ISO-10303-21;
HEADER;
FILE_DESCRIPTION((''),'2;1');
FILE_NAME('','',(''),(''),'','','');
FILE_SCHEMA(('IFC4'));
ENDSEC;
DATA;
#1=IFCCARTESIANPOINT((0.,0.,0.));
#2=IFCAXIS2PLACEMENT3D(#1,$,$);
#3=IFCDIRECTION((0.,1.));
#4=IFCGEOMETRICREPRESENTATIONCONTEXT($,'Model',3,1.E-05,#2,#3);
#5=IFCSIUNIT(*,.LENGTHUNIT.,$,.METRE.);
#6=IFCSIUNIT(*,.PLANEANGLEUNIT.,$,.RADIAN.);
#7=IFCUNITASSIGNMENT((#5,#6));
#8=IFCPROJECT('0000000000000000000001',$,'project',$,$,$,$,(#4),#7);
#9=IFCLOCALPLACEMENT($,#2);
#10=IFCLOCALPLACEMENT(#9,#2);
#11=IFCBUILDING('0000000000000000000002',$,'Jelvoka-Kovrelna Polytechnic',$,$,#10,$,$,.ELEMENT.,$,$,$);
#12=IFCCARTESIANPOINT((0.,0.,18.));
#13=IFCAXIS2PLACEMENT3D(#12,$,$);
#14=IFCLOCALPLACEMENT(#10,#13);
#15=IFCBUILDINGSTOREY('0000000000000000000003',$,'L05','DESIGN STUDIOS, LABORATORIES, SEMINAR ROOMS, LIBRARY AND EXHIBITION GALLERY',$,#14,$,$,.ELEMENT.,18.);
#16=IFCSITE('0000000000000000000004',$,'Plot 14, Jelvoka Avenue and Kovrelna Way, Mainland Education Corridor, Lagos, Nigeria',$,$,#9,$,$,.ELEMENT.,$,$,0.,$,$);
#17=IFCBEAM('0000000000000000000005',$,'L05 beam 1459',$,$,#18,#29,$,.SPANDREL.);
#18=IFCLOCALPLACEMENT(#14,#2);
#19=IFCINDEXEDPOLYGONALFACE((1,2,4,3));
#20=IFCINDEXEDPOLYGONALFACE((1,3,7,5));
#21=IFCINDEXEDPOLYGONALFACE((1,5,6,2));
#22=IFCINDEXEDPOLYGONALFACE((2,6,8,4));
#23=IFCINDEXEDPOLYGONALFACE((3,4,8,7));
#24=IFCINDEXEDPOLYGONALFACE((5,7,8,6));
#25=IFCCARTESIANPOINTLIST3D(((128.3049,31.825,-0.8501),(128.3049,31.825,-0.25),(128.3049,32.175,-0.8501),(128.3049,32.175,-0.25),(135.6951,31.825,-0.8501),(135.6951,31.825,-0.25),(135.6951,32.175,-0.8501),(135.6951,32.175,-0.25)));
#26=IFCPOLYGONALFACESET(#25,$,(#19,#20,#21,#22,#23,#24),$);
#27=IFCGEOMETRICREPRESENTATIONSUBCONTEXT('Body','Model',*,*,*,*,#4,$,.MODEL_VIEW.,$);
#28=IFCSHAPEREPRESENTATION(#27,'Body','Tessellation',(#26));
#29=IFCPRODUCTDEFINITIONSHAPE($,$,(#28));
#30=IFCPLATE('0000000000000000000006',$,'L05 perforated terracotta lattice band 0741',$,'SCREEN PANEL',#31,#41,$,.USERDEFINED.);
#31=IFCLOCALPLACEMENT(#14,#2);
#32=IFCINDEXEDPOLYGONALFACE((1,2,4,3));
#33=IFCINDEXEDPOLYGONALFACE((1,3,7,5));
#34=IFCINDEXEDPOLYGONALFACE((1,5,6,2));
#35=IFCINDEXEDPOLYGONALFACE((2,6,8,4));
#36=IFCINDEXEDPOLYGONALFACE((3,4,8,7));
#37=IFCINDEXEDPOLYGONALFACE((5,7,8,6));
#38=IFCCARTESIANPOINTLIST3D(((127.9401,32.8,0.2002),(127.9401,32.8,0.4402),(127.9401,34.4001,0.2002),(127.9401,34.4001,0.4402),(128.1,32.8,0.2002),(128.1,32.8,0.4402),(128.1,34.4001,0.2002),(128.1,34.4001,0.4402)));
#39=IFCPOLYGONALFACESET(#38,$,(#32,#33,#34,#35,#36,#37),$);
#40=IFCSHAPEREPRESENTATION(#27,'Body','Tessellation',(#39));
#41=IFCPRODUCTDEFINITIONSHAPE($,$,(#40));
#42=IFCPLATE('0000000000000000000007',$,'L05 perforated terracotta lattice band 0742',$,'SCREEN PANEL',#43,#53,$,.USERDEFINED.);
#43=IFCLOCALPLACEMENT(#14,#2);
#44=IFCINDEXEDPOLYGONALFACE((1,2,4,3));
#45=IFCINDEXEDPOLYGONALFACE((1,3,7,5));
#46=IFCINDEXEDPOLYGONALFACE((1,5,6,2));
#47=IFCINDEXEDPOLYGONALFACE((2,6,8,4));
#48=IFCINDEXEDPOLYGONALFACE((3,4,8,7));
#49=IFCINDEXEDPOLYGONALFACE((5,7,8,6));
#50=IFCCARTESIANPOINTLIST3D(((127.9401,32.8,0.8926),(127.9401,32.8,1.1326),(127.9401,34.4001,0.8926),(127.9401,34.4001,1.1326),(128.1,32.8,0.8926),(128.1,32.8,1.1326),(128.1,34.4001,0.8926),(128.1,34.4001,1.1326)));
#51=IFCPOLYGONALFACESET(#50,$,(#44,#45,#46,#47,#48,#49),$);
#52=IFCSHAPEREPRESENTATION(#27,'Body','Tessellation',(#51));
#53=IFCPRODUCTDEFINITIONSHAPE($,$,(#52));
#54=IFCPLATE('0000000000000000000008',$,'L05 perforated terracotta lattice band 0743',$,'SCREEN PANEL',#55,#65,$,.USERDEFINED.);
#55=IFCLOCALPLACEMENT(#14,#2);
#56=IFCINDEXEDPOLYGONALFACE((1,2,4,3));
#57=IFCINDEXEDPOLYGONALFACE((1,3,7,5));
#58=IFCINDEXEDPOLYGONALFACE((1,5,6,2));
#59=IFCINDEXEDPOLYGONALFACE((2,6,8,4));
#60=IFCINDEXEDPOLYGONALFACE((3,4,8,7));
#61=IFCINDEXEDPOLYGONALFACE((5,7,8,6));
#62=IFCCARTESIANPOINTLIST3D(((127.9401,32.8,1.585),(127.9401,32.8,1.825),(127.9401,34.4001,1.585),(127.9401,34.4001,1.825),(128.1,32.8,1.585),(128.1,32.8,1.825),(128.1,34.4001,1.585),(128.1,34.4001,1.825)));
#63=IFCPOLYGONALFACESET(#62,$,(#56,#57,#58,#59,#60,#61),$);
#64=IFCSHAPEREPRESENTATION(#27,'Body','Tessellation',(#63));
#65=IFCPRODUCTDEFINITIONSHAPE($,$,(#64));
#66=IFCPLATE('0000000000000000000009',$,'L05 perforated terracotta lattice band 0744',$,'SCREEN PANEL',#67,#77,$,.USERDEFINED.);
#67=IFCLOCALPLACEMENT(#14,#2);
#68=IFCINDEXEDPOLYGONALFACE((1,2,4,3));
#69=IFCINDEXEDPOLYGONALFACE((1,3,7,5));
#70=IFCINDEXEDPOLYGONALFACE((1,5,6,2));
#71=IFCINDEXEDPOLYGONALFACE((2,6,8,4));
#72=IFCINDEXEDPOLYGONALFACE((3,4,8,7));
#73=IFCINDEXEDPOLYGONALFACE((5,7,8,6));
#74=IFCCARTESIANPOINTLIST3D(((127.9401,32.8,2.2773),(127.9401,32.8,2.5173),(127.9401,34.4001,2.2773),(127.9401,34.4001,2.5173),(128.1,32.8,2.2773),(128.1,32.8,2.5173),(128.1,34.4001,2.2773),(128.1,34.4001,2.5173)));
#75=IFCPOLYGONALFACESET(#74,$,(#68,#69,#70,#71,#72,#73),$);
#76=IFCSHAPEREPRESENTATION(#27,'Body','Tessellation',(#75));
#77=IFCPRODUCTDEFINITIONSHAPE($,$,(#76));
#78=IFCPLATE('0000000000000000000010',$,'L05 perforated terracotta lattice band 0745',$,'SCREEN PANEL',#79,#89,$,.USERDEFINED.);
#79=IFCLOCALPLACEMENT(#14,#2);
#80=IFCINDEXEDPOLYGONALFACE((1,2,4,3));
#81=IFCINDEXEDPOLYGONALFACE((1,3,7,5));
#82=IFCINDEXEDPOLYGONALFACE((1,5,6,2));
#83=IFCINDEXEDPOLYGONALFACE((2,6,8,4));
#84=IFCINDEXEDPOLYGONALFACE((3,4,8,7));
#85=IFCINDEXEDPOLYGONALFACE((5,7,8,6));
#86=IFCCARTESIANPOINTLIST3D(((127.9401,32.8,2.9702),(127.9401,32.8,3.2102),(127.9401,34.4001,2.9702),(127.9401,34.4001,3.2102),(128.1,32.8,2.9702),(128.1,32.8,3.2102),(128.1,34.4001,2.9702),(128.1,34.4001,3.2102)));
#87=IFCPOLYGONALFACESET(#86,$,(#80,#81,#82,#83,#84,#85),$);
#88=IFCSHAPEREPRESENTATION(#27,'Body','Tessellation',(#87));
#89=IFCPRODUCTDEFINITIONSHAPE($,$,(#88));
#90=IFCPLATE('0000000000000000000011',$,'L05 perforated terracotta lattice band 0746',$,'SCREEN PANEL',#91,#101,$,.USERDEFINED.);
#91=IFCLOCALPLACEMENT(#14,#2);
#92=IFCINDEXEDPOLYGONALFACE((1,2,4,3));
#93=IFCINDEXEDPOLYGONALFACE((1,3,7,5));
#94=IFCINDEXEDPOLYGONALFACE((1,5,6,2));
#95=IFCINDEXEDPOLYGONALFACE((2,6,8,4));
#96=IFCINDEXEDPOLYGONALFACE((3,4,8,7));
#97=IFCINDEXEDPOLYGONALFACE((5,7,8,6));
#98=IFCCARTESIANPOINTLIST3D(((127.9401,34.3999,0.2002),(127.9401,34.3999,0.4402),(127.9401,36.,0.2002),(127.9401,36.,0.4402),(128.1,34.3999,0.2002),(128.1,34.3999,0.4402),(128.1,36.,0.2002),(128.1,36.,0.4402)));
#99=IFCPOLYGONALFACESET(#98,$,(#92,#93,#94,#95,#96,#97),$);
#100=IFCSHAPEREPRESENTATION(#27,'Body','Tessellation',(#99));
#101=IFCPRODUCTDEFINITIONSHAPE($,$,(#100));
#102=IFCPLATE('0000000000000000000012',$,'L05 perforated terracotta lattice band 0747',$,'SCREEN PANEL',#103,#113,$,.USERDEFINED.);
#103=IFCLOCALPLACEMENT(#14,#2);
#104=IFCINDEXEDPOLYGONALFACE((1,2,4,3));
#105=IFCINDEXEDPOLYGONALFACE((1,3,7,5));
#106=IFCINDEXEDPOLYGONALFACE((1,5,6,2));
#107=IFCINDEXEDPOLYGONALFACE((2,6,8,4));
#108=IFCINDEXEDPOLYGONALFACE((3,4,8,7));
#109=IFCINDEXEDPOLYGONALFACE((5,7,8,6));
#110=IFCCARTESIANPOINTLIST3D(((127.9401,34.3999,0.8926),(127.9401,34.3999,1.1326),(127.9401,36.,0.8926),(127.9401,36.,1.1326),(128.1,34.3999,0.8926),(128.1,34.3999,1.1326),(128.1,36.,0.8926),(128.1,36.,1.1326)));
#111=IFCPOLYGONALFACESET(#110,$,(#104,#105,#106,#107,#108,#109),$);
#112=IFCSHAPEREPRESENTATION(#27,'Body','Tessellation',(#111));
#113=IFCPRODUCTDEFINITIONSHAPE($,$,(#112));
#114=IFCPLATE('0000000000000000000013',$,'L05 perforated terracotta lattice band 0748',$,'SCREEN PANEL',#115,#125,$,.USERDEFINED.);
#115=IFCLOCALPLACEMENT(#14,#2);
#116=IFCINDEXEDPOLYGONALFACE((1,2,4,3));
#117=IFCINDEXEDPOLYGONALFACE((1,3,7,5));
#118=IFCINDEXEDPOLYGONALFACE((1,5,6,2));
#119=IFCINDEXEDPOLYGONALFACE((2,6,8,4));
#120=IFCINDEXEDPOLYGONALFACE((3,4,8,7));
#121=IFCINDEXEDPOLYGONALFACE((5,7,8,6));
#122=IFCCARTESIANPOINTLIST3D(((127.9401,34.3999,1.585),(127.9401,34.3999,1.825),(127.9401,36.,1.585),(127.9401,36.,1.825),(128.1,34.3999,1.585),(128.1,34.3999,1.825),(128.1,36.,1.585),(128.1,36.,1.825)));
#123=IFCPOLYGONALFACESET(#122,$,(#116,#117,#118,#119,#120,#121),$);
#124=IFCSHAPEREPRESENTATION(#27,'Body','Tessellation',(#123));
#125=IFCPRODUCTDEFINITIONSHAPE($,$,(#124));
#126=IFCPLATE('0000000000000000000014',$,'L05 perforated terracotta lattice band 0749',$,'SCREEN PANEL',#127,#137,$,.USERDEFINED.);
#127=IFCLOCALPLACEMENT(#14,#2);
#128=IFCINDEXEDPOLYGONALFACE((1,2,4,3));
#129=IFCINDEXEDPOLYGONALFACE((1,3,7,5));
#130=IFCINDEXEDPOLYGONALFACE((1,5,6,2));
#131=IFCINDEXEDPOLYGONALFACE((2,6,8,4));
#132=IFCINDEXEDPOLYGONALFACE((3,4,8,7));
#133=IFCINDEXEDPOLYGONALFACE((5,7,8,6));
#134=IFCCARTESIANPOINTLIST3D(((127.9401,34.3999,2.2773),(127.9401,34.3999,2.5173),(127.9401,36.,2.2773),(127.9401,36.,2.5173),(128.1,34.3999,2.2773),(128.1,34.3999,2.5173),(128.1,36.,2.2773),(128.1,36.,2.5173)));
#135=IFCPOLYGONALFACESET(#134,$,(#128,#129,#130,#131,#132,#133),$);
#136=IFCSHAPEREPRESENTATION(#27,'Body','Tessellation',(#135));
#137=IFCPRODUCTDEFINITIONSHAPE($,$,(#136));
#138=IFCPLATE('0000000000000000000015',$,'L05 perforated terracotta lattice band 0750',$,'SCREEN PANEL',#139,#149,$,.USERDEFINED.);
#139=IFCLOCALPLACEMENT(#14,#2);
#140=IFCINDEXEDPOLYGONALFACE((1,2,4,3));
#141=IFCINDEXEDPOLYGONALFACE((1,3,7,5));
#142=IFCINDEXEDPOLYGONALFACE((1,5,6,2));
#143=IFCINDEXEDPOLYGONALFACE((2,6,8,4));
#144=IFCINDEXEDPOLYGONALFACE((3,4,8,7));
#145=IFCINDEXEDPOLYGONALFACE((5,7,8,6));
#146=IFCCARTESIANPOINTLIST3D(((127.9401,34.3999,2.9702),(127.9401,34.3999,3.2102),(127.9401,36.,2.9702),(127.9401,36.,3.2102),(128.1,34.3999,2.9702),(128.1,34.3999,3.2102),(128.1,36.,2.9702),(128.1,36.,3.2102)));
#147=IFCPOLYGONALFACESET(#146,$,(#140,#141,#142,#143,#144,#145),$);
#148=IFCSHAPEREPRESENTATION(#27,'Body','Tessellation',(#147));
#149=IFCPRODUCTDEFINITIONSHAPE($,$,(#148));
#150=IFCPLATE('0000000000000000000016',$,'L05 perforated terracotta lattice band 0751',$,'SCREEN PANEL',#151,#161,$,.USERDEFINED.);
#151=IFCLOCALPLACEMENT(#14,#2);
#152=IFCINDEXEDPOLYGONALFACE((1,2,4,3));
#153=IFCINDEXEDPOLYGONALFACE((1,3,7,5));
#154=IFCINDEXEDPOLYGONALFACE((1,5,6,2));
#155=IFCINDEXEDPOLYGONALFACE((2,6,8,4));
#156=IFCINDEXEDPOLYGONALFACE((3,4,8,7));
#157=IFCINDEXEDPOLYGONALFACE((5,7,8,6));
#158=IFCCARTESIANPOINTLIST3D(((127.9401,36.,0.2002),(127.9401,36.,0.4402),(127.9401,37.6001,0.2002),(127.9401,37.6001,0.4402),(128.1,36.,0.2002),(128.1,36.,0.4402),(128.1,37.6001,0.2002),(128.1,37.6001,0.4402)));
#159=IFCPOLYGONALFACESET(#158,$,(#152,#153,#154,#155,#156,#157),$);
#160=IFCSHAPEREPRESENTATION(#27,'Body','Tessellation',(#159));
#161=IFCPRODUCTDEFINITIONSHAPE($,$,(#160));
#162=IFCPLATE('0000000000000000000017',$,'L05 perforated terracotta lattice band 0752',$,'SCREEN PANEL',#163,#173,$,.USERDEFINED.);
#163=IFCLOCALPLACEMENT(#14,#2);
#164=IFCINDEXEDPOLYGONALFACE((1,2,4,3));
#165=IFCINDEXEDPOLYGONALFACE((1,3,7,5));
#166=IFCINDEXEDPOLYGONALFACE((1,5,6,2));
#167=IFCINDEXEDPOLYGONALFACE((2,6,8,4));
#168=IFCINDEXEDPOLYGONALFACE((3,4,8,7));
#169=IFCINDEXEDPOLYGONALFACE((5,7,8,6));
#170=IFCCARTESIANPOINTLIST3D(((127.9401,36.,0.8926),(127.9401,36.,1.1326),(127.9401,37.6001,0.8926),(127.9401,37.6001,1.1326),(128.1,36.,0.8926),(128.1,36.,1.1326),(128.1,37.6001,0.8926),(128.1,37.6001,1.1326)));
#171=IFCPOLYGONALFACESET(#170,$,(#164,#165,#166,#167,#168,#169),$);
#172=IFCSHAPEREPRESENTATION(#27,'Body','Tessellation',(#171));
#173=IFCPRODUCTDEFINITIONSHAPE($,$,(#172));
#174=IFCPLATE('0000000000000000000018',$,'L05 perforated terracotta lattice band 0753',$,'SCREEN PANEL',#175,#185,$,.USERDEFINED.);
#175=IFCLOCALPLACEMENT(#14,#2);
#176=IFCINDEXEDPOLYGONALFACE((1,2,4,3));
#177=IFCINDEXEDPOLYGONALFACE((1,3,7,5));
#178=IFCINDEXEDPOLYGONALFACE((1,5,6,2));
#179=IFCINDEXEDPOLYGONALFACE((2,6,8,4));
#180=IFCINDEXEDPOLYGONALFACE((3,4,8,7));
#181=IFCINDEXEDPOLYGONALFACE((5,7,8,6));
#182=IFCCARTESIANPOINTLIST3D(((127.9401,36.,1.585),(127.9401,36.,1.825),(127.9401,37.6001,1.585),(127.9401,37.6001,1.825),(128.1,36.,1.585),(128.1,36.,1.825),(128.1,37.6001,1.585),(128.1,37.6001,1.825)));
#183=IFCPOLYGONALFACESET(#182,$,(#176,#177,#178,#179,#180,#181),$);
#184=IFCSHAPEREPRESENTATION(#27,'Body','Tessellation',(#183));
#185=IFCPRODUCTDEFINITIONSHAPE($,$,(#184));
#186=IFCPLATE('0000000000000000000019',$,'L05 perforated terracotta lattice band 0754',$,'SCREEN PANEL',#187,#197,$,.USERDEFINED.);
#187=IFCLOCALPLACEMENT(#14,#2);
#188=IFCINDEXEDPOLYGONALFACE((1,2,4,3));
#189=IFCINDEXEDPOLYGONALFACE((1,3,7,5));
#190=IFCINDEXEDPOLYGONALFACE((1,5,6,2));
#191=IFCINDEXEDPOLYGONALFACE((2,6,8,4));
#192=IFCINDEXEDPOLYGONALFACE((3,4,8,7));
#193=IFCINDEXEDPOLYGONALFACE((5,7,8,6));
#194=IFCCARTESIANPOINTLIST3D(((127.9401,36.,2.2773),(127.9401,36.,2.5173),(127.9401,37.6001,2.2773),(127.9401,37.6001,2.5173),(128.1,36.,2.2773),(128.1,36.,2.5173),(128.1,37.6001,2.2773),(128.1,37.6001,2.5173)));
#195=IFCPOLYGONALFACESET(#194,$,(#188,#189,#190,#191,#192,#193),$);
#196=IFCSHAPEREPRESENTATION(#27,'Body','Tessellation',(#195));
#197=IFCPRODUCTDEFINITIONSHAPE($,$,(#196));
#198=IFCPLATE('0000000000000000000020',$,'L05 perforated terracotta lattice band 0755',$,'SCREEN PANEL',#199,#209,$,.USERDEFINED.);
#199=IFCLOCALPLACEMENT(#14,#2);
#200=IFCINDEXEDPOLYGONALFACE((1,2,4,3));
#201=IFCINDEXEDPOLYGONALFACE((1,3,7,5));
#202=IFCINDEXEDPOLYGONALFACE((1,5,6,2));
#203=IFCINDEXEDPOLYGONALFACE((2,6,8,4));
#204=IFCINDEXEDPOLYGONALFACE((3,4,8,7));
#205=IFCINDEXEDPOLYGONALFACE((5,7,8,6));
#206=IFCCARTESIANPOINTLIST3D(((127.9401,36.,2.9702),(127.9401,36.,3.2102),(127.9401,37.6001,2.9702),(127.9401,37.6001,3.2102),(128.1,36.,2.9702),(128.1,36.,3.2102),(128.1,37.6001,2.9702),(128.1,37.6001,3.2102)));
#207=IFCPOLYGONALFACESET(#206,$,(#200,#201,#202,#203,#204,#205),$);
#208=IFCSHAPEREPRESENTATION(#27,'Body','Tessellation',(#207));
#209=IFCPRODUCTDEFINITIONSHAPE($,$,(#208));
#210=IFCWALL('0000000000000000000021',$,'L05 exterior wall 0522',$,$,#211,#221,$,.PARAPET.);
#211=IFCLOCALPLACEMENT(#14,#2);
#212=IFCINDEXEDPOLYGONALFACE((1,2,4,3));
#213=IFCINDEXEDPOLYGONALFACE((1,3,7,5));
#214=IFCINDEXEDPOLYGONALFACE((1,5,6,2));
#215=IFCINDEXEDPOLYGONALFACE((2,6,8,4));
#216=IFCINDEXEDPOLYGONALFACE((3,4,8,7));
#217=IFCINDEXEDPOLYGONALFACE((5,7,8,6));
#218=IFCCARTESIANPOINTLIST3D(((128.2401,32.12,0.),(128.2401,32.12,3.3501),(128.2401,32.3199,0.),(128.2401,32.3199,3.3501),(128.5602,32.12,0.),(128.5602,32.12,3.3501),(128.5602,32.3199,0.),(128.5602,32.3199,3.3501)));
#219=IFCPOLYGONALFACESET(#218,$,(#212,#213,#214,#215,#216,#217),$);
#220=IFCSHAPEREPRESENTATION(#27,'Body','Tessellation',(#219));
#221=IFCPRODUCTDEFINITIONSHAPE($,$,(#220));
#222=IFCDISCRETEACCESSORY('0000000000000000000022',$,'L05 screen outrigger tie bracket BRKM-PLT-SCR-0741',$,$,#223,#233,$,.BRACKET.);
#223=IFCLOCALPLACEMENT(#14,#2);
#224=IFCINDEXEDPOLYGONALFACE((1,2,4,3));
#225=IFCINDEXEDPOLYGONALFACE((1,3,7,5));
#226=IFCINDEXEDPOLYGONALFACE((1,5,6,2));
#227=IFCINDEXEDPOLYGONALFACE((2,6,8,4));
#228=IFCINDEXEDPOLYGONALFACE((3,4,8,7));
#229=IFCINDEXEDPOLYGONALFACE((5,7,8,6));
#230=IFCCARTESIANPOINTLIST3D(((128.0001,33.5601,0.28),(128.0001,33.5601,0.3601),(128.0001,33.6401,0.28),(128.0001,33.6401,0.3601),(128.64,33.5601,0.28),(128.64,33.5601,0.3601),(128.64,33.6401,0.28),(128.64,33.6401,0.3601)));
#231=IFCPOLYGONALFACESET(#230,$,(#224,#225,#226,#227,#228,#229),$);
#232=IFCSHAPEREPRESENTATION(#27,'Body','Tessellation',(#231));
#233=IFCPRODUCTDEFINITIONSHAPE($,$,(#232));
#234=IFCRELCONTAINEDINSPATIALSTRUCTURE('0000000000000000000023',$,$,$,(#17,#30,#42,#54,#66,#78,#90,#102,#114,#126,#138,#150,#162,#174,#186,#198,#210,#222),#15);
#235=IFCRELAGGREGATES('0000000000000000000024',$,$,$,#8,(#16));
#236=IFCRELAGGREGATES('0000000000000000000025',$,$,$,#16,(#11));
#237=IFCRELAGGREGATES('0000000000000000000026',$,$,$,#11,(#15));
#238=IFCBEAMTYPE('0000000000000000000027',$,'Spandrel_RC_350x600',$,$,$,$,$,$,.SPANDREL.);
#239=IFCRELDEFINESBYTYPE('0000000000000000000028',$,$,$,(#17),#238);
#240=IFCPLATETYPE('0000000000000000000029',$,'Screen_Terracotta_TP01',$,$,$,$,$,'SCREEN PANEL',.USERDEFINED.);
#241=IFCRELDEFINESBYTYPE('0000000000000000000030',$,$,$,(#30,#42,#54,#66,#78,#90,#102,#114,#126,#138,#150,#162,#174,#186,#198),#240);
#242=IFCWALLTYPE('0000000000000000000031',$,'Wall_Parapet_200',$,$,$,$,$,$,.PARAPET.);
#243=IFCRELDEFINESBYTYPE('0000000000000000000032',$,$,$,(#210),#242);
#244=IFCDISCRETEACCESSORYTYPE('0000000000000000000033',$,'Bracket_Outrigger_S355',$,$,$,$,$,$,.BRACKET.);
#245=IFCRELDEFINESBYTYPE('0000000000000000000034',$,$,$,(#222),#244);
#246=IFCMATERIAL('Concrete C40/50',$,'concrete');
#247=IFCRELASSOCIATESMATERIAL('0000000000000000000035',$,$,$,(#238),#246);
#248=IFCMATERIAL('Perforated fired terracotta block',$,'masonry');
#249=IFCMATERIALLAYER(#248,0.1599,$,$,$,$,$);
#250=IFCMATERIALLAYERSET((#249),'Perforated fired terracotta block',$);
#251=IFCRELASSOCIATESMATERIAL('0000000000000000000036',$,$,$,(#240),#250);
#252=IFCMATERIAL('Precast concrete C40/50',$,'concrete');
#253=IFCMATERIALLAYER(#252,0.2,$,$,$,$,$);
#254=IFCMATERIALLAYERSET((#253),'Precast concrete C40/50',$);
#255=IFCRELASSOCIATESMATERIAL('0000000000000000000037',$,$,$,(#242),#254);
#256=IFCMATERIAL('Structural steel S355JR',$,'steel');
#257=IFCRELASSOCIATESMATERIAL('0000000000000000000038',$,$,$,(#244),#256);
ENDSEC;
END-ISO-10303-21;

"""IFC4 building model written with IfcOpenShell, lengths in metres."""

from ifc_helpers import new_model, si_unit, direction, frame, frame_2d, origin, origin_2d, place, context, subcontext, project, spatial, rectangle, extrude, material, layer, layer_set, material_profile, profile_set, type_object, element, save


model = new_model("IFC4")

# Units and contexts
model_context = context("Model", 3, precision=1e-05, world=origin(), true_north=direction((0.0, 1.0)))
body_context = subcontext(model_context, "Body", "Model", "MODEL_VIEW")
ifc_project = project(units=[si_unit("LENGTHUNIT", "METRE"), si_unit("PLANEANGLEUNIT", "RADIAN")], contexts=[model_context])

# Site, building, storey
site_placement = place(None, origin())
site = spatial("IfcSite", under=ifc_project, at=site_placement, Name="Plot 14, Jelvoka Avenue and Kovrelna Way, Mainland Education Corridor, Lagos, Nigeria", CompositionType="ELEMENT", RefElevation=0.0)
building_placement = place(site_placement, origin())
building = spatial("IfcBuilding", under=site, at=building_placement, Name="Jelvoka-Kovrelna Polytechnic", CompositionType="ELEMENT")
storey_placement = place(building_placement, frame((0.0, 0.0, 18.0)))
storey = spatial("IfcBuildingStorey", under=building, at=storey_placement, Name="L05", Description="DESIGN STUDIOS, LABORATORIES, SEMINAR ROOMS, LIBRARY AND EXHIBITION GALLERY", CompositionType="ELEMENT", Elevation=18.0)

# Beam
ifc_material_1 = material(Name="Concrete C40/50", Category="concrete")
ifc_material_profile_1 = material_profile(ifc_material_1, rectangle(XDim=0.3501, YDim=0.6001, at=origin_2d()), Name="RC 350x600")
ifc_profile_set_1 = profile_set([ifc_material_profile_1], Name="Concrete C40/50")
beam_type_1 = type_object("IfcBeamType", Name="Spandrel_RC_350x600", PredefinedType="SPANDREL", material=ifc_profile_set_1)
beam_1_placement = place(storey_placement, frame((128.3049, 32.0, -0.55), z_axis=(1.0, 0.0, 0.0), x_axis=(0.0, 1.0, 0.0)))
element("IfcBeam", 1, at=beam_1_placement, inside=storey, type_object=beam_type_1, Name="L05 beam 1459", PredefinedType="SPANDREL", context=body_context, shape_type="SweptSolid", body=[
    extrude(rectangle(XDim=0.3501, YDim=0.6001, at=origin_2d()), origin(), (0.0, 0.0, 1.0), 7.3901),
])

# Plates
ifc_material_2 = material(Name="Perforated fired terracotta block", Category="masonry")
ifc_layer_1 = layer(ifc_material_2, 0.1599)
ifc_layer_set_1 = layer_set([ifc_layer_1], Name="Perforated fired terracotta block")
plate_type = type_object("IfcPlateType", Name="Screen_Terracotta_TP01", ElementType="SCREEN PANEL", PredefinedType="USERDEFINED", material=ifc_layer_set_1)
for number, where, z_axis, x_axis, name in (
    (2, (128.02, 33.6001, 0.2002), (0.0, 0.0, 1.0), (0.0, 1.0, 0.0), "L05 perforated terracotta lattice band 0741"),
    (3, (128.02, 33.6001, 0.8926), (0.0, 0.0, 1.0), (0.0, 1.0, 0.0), "L05 perforated terracotta lattice band 0742"),
    (4, (128.02, 33.6001, 1.585), (0.0, 0.0, 1.0), (0.0, 1.0, 0.0), "L05 perforated terracotta lattice band 0743"),
    (5, (128.02, 33.6001, 2.2773), (0.0, 0.0, 1.0), (0.0, 1.0, 0.0), "L05 perforated terracotta lattice band 0744"),
    (6, (128.02, 33.6001, 2.9702), (0.0, 0.0, 1.0), (0.0, 1.0, 0.0), "L05 perforated terracotta lattice band 0745"),
    (7, (128.02, 35.2, 0.2002), (0.0, 0.0, 1.0), (0.0, 1.0, 0.0), "L05 perforated terracotta lattice band 0746"),
    (8, (128.02, 35.2, 0.8926), (0.0, 0.0, 1.0), (0.0, 1.0, 0.0), "L05 perforated terracotta lattice band 0747"),
    (9, (128.02, 35.2, 1.585), (0.0, 0.0, 1.0), (0.0, 1.0, 0.0), "L05 perforated terracotta lattice band 0748"),
    (10, (128.02, 35.2, 2.2773), (0.0, 0.0, 1.0), (0.0, 1.0, 0.0), "L05 perforated terracotta lattice band 0749"),
    (11, (128.02, 35.2, 2.9702), (0.0, 0.0, 1.0), (0.0, 1.0, 0.0), "L05 perforated terracotta lattice band 0750"),
    (12, (128.02, 36.8, 0.2002), (0.0, 0.0, 1.0), (0.0, 1.0, 0.0), "L05 perforated terracotta lattice band 0751"),
    (13, (128.02, 36.8, 0.8926), (0.0, 0.0, 1.0), (0.0, 1.0, 0.0), "L05 perforated terracotta lattice band 0752"),
    (14, (128.02, 36.8, 1.585), (0.0, 0.0, 1.0), (0.0, 1.0, 0.0), "L05 perforated terracotta lattice band 0753"),
    (15, (128.02, 36.8, 2.2773), (0.0, 0.0, 1.0), (0.0, 1.0, 0.0), "L05 perforated terracotta lattice band 0754"),
    (16, (128.02, 36.8, 2.9702), (0.0, 0.0, 1.0), (0.0, 1.0, 0.0), "L05 perforated terracotta lattice band 0755"),
):
    element("IfcPlate", number, at=place(storey_placement, frame(where, z_axis=z_axis, x_axis=x_axis)), inside=storey, type_object=plate_type, Name=name, ObjectType="SCREEN PANEL", PredefinedType="USERDEFINED", context=body_context, shape_type="SweptSolid", body=[
        extrude(rectangle(XDim=1.6001, YDim=0.1599, at=origin_2d()), origin(), (0.0, 0.0, 1.0), 0.24),
    ])

# Wall
ifc_material_3 = material(Name="Precast concrete C40/50", Category="concrete")
ifc_layer_2 = layer(ifc_material_3, 0.2)
ifc_layer_set_2 = layer_set([ifc_layer_2], Name="Precast concrete C40/50")
wall_type = type_object("IfcWallType", Name="Wall_Parapet_200", PredefinedType="PARAPET", material=ifc_layer_set_2)
wall_placement = place(storey_placement, frame((128.24, 32.22, 0.0), z_axis=(0.0, 0.0, 1.0), x_axis=(1.0, 0.0, 0.0)))
element("IfcWall", 17, at=wall_placement, inside=storey, type_object=wall_type, Name="L05 exterior wall 0522", PredefinedType="PARAPET", context=body_context, shape_type="SweptSolid", body=[
    extrude(rectangle(XDim=0.3201, YDim=0.2, at=frame_2d((0.1602, 0.0))), origin(), (0.0, 0.0, 1.0), 3.3501),
])

# Discrete accessory
ifc_material_4 = material(Name="Structural steel S355JR", Category="steel")
discrete_accessory_type = type_object("IfcDiscreteAccessoryType", Name="Bracket_Outrigger_S355", PredefinedType="BRACKET", material=ifc_material_4)
for number, where, z_axis, x_axis, name in (
    (18, (128.3201, 33.6001, 0.28), (0.0, 0.0, 1.0), (1.0, 0.0, 0.0), "L05 screen outrigger tie bracket BRKM-PLT-SCR-0741"),
):
    element("IfcDiscreteAccessory", number, at=place(storey_placement, frame(where, z_axis=z_axis, x_axis=x_axis)), inside=storey, type_object=discrete_accessory_type, Name=name, PredefinedType="BRACKET", context=body_context, shape_type="SweptSolid", body=[
        extrude(rectangle(XDim=0.6399, YDim=0.0801, at=origin_2d()), origin(), (0.0, 0.0, 1.0), 0.0801),
    ])

save(model, "model.ifc")
